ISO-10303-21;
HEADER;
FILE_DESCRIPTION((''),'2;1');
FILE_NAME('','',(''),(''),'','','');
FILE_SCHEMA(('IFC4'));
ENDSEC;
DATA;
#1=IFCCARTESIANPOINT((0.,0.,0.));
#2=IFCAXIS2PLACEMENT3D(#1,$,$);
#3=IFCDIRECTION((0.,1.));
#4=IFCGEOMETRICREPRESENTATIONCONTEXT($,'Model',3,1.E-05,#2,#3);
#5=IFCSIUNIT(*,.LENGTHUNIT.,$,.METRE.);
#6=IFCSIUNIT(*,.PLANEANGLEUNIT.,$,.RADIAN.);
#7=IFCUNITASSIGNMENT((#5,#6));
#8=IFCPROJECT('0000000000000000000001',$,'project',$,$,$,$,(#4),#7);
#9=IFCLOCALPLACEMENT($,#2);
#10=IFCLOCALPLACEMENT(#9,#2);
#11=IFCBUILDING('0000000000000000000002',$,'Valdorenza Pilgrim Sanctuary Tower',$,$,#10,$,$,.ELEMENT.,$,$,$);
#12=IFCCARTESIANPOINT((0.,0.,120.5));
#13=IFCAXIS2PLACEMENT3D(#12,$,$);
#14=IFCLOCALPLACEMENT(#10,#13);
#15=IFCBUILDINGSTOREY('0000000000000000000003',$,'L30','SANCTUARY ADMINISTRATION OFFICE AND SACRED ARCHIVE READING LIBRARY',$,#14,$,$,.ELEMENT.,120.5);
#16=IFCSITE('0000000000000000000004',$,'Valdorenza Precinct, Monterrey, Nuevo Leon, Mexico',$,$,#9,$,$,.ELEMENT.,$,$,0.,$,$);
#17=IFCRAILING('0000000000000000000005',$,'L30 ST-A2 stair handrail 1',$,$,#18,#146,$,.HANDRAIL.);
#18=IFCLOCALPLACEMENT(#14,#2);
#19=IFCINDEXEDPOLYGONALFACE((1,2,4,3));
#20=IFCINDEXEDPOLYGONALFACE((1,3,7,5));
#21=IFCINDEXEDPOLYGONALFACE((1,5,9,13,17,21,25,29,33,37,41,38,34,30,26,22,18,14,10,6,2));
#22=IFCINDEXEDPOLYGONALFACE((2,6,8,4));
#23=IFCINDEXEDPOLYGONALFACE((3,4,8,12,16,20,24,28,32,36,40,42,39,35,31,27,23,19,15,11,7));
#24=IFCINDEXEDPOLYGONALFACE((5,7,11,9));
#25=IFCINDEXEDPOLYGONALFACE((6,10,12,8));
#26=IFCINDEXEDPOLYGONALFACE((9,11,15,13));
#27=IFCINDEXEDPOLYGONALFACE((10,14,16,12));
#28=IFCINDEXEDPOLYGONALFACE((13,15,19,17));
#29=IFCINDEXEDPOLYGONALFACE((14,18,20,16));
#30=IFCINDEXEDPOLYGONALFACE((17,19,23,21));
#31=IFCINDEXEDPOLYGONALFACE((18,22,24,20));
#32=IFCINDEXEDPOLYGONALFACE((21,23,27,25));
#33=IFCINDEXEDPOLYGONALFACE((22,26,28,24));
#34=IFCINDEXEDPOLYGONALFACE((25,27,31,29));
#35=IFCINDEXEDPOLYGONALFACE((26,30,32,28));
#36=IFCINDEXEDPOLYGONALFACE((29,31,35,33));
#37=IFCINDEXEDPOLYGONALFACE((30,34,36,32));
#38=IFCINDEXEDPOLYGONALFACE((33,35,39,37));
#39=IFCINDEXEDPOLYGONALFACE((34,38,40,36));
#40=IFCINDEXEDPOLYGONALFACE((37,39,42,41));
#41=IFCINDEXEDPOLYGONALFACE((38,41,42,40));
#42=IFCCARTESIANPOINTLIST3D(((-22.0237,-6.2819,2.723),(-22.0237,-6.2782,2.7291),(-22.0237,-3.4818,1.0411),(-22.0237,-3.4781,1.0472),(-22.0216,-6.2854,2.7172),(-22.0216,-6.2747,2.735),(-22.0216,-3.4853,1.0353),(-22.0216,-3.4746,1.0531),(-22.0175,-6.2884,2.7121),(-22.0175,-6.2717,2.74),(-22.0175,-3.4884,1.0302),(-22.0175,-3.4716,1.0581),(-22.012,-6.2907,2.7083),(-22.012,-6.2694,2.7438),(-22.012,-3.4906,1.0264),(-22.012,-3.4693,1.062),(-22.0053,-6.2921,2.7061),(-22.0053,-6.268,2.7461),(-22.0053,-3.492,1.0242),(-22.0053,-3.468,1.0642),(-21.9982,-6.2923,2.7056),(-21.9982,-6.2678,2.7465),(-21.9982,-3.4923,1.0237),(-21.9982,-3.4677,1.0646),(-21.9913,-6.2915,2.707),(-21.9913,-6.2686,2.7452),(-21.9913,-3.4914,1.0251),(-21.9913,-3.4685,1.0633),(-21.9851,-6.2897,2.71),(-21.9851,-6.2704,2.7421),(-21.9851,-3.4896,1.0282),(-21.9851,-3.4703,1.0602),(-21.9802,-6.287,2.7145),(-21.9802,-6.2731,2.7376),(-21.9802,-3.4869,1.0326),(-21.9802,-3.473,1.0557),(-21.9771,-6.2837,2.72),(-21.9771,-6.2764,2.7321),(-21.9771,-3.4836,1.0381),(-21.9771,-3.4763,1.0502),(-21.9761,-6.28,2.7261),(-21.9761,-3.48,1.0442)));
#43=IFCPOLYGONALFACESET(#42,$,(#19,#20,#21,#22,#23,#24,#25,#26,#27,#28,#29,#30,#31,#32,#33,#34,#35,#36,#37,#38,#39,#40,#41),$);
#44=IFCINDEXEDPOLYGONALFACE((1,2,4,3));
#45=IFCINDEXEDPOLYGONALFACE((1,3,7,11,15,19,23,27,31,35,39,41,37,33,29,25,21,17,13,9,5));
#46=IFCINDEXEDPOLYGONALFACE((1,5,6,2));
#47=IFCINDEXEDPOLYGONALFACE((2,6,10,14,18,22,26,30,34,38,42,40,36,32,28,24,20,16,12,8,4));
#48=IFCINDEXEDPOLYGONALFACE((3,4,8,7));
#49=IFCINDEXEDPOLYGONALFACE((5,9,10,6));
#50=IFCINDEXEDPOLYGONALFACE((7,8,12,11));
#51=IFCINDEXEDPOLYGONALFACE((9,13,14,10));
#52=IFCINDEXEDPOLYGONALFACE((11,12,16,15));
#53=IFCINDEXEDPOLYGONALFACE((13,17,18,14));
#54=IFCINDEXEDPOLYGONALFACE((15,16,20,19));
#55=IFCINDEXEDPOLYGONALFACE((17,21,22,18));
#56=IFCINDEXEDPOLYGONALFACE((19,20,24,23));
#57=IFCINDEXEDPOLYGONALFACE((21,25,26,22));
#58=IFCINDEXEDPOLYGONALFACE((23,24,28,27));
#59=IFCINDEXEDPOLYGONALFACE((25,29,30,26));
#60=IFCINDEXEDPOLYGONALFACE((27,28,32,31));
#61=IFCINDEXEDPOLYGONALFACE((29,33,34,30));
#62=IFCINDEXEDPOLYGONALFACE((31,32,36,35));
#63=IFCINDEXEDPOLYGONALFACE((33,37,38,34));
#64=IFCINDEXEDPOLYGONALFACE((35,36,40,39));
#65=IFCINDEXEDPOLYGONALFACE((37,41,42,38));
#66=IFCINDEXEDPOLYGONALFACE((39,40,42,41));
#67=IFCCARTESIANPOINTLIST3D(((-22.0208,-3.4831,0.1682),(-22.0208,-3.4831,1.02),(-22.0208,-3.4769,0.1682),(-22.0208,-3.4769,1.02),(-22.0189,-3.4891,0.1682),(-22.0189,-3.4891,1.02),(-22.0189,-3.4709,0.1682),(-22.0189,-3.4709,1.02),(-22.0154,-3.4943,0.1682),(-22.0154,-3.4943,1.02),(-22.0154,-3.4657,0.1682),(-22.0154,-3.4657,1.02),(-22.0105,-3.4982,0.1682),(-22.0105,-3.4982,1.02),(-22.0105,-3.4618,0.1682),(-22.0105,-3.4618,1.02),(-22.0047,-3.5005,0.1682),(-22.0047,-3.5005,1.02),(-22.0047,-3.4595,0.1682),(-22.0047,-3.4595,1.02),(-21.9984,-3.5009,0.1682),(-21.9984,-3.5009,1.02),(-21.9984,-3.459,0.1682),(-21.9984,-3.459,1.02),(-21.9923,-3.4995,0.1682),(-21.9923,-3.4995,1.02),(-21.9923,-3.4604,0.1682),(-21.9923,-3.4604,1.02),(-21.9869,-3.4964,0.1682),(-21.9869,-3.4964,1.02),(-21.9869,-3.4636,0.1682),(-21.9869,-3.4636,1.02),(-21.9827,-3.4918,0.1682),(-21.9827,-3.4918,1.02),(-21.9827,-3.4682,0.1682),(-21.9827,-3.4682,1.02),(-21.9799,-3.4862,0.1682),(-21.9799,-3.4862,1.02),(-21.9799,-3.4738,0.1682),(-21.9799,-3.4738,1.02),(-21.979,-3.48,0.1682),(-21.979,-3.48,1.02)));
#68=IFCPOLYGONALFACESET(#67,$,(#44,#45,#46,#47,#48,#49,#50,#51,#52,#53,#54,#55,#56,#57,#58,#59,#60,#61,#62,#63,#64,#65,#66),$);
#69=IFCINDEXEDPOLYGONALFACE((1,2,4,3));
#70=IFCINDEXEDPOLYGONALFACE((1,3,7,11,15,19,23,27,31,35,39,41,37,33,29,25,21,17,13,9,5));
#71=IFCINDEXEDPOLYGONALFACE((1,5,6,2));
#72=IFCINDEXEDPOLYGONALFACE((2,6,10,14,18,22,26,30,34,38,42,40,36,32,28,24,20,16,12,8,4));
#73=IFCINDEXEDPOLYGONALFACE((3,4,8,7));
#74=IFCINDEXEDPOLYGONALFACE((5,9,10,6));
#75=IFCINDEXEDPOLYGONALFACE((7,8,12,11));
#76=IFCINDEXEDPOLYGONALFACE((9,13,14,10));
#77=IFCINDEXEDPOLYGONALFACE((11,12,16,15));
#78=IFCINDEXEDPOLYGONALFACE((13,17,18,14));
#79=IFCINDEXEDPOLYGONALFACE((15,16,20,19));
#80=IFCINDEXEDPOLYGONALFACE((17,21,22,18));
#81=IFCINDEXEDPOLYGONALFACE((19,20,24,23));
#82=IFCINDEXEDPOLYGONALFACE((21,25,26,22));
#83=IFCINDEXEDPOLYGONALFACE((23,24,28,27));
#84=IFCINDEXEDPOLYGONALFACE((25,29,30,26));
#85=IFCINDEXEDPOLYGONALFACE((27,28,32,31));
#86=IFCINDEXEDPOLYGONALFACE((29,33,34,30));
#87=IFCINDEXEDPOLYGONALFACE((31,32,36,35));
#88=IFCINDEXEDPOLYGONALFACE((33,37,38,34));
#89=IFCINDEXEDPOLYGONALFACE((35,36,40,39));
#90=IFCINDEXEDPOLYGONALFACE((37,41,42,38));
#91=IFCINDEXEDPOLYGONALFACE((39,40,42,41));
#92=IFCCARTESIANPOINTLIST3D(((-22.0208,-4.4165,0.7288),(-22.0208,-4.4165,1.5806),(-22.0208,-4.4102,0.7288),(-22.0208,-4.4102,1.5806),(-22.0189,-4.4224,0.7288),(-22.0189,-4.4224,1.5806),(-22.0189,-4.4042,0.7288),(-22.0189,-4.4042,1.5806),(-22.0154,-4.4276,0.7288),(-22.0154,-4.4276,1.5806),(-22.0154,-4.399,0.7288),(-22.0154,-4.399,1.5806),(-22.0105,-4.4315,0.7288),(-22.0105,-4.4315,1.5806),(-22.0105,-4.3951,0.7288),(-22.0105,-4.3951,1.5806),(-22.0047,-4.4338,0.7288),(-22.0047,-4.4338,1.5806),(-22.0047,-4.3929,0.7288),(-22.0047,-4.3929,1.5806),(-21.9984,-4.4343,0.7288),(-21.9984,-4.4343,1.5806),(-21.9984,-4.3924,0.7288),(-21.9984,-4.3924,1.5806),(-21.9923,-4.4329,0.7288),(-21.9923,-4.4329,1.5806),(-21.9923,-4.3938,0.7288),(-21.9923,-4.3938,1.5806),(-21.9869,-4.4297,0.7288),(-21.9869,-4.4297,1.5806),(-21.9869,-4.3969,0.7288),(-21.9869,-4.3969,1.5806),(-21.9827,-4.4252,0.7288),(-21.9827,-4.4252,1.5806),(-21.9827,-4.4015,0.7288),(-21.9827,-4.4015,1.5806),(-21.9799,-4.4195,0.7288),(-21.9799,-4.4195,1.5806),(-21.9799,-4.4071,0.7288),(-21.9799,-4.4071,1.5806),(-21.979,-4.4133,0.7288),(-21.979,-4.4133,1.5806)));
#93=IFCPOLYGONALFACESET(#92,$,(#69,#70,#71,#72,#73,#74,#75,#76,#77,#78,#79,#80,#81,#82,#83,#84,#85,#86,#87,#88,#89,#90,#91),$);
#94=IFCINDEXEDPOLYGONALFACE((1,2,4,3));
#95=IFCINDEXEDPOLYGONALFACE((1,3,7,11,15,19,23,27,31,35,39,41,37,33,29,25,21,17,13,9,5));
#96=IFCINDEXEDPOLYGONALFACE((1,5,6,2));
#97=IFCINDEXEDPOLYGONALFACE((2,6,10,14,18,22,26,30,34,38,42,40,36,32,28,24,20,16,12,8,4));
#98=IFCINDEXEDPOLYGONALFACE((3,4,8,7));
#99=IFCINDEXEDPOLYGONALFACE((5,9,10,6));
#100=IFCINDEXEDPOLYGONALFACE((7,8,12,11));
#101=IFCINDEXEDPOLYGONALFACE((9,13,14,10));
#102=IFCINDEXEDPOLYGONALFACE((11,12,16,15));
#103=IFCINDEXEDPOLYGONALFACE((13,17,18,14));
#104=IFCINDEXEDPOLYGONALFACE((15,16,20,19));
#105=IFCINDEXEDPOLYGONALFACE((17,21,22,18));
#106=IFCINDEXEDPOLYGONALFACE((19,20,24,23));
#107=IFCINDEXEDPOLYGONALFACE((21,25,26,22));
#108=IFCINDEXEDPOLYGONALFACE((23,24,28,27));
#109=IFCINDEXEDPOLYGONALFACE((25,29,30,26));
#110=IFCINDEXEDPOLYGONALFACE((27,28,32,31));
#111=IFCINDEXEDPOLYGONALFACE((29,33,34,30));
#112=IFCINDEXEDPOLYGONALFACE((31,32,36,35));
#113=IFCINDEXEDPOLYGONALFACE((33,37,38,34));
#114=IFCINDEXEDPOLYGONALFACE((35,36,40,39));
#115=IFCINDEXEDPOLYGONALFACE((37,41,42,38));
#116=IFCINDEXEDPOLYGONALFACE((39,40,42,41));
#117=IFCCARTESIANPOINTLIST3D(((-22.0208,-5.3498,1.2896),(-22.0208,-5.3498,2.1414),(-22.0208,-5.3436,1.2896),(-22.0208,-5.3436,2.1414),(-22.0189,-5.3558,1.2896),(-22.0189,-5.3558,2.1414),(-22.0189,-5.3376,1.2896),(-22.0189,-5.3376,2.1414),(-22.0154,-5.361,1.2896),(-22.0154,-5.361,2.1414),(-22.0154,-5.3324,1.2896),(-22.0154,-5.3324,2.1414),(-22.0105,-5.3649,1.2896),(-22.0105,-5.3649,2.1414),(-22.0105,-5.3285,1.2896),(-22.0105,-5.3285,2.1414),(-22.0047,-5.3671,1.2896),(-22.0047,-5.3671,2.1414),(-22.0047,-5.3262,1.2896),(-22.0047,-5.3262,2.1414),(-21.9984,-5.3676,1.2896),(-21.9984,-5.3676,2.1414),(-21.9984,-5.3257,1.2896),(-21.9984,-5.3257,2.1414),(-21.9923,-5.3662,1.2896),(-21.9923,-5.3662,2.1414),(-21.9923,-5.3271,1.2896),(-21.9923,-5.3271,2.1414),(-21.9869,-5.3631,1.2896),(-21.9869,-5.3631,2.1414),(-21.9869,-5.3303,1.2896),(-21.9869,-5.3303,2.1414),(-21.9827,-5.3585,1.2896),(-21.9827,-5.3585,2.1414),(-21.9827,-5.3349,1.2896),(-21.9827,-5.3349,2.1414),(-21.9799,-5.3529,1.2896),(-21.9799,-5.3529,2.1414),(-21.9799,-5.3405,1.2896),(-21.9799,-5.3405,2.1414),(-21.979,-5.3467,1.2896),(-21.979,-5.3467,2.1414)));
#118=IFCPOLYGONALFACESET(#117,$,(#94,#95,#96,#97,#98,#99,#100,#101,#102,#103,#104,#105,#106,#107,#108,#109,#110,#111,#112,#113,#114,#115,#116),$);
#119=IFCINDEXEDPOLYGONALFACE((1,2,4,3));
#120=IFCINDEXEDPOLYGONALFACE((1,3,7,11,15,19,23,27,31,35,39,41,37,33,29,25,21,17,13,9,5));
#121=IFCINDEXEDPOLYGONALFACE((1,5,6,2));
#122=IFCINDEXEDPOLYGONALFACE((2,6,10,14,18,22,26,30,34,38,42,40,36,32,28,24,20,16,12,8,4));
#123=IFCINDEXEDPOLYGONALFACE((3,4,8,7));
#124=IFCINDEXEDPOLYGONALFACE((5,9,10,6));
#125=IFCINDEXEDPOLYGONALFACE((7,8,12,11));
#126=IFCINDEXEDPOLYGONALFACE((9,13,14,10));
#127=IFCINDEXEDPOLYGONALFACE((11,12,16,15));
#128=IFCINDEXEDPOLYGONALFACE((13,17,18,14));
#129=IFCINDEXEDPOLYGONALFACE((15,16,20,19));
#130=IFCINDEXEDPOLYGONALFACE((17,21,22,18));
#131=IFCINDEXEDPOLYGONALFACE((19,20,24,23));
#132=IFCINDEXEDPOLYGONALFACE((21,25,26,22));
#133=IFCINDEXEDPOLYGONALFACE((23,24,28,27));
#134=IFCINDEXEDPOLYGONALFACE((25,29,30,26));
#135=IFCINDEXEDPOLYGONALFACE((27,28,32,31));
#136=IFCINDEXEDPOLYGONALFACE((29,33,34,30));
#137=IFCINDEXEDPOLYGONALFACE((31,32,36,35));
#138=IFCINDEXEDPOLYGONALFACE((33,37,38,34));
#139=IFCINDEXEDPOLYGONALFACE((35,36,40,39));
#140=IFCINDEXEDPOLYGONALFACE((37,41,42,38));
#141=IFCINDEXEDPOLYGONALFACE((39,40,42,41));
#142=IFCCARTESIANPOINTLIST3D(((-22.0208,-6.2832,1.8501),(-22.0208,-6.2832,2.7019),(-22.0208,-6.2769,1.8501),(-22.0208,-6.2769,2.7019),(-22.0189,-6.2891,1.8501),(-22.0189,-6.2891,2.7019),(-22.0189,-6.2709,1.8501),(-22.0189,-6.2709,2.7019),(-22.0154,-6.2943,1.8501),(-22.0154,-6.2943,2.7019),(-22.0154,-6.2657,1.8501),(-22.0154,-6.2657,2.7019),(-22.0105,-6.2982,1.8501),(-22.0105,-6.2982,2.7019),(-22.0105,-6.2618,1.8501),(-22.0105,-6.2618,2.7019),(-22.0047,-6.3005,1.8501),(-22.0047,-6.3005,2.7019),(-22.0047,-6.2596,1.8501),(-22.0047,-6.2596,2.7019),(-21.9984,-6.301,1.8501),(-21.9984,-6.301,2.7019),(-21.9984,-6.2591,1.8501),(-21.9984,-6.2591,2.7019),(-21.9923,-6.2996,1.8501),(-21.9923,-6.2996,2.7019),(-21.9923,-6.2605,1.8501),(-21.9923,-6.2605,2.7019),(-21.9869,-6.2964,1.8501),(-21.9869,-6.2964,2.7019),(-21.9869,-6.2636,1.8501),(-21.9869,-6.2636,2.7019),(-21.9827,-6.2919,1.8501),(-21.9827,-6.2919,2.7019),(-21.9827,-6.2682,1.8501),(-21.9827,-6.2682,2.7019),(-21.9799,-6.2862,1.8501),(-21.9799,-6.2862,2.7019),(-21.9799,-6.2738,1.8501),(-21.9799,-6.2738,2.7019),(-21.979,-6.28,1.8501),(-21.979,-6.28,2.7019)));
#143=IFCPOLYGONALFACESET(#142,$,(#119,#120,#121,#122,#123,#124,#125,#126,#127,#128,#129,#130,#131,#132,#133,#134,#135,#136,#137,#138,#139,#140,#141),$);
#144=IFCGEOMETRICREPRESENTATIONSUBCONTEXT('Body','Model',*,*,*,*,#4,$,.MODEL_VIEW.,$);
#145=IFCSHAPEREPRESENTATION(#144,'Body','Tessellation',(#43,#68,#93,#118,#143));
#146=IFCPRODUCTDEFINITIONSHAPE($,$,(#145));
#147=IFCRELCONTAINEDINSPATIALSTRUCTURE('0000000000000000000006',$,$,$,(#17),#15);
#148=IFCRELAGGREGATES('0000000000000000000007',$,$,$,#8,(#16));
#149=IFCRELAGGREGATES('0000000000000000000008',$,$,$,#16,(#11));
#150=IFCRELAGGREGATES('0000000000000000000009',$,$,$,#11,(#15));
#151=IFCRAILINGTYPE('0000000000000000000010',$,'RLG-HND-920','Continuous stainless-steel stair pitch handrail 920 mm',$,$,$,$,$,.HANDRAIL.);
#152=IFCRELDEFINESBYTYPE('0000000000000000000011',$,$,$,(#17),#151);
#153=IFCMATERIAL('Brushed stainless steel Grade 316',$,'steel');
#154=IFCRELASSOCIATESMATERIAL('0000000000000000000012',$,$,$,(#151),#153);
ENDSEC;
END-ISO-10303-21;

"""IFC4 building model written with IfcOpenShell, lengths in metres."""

from ifc_helpers import new_model, si_unit, direction, frame, origin, origin_2d, place, context, subcontext, project, spatial, circle, extrude, material, type_object, element, save


model = new_model("IFC4")

# Units and contexts
model_context = context("Model", 3, precision=1e-05, world=origin(), true_north=direction((0.0, 1.0)))
body_context = subcontext(model_context, "Body", "Model", "MODEL_VIEW")
ifc_project = project(units=[si_unit("LENGTHUNIT", "METRE"), si_unit("PLANEANGLEUNIT", "RADIAN")], contexts=[model_context])

# Site, building, storey
site_placement = place(None, origin())
site = spatial("IfcSite", under=ifc_project, at=site_placement, Name="Valdorenza Precinct, Monterrey, Nuevo Leon, Mexico", CompositionType="ELEMENT", RefElevation=0.0)
building_placement = place(site_placement, origin())
building = spatial("IfcBuilding", under=site, at=building_placement, Name="Valdorenza Pilgrim Sanctuary Tower", CompositionType="ELEMENT")
storey_placement = place(building_placement, frame((0.0, 0.0, 120.5)))
storey = spatial("IfcBuildingStorey", under=building, at=storey_placement, Name="L30", Description="SANCTUARY ADMINISTRATION OFFICE AND SACRED ARCHIVE READING LIBRARY", CompositionType="ELEMENT", Elevation=120.5)

# Railing
ifc_material_1 = material(Name="Brushed stainless steel Grade 316", Category="steel")
railing_type_1 = type_object("IfcRailingType", Name="RLG-HND-920", Description="Continuous stainless-steel stair pitch handrail 920 mm", PredefinedType="HANDRAIL", material=ifc_material_1)
railing_1_placement = place(storey_placement, frame((-22.0, -3.48, 0.1682)))
element("IfcRailing", 1, at=railing_1_placement, inside=storey, type_object=railing_type_1, Name="L30 ST-A2 stair handrail 1", PredefinedType="HANDRAIL", context=body_context, shape_type="SweptSolid", body=[
    extrude(circle(Radius=0.0239, at=origin_2d()), frame((0.0, 0.0, 0.876), z_axis=(0.0, -0.857242, 0.514913), x_axis=(1.0, 0.0, 0.0)), (0.0, 0.0, 1.0), 3.2664),
    extrude(circle(Radius=0.021, at=origin_2d()), origin(), (0.0, 0.0, 1.0), 0.8518),
    extrude(circle(Radius=0.021, at=origin_2d()), frame((0.0, -0.9333, 0.5605)), (0.0, 0.0, 1.0), 0.8518),
    extrude(circle(Radius=0.021, at=origin_2d()), frame((0.0, -1.8667, 1.1213)), (0.0, 0.0, 1.0), 0.8518),
    extrude(circle(Radius=0.021, at=origin_2d()), frame((0.0, -2.8, 1.6819)), (0.0, 0.0, 1.0), 0.8518),
])

save(model, "model.ifc")
